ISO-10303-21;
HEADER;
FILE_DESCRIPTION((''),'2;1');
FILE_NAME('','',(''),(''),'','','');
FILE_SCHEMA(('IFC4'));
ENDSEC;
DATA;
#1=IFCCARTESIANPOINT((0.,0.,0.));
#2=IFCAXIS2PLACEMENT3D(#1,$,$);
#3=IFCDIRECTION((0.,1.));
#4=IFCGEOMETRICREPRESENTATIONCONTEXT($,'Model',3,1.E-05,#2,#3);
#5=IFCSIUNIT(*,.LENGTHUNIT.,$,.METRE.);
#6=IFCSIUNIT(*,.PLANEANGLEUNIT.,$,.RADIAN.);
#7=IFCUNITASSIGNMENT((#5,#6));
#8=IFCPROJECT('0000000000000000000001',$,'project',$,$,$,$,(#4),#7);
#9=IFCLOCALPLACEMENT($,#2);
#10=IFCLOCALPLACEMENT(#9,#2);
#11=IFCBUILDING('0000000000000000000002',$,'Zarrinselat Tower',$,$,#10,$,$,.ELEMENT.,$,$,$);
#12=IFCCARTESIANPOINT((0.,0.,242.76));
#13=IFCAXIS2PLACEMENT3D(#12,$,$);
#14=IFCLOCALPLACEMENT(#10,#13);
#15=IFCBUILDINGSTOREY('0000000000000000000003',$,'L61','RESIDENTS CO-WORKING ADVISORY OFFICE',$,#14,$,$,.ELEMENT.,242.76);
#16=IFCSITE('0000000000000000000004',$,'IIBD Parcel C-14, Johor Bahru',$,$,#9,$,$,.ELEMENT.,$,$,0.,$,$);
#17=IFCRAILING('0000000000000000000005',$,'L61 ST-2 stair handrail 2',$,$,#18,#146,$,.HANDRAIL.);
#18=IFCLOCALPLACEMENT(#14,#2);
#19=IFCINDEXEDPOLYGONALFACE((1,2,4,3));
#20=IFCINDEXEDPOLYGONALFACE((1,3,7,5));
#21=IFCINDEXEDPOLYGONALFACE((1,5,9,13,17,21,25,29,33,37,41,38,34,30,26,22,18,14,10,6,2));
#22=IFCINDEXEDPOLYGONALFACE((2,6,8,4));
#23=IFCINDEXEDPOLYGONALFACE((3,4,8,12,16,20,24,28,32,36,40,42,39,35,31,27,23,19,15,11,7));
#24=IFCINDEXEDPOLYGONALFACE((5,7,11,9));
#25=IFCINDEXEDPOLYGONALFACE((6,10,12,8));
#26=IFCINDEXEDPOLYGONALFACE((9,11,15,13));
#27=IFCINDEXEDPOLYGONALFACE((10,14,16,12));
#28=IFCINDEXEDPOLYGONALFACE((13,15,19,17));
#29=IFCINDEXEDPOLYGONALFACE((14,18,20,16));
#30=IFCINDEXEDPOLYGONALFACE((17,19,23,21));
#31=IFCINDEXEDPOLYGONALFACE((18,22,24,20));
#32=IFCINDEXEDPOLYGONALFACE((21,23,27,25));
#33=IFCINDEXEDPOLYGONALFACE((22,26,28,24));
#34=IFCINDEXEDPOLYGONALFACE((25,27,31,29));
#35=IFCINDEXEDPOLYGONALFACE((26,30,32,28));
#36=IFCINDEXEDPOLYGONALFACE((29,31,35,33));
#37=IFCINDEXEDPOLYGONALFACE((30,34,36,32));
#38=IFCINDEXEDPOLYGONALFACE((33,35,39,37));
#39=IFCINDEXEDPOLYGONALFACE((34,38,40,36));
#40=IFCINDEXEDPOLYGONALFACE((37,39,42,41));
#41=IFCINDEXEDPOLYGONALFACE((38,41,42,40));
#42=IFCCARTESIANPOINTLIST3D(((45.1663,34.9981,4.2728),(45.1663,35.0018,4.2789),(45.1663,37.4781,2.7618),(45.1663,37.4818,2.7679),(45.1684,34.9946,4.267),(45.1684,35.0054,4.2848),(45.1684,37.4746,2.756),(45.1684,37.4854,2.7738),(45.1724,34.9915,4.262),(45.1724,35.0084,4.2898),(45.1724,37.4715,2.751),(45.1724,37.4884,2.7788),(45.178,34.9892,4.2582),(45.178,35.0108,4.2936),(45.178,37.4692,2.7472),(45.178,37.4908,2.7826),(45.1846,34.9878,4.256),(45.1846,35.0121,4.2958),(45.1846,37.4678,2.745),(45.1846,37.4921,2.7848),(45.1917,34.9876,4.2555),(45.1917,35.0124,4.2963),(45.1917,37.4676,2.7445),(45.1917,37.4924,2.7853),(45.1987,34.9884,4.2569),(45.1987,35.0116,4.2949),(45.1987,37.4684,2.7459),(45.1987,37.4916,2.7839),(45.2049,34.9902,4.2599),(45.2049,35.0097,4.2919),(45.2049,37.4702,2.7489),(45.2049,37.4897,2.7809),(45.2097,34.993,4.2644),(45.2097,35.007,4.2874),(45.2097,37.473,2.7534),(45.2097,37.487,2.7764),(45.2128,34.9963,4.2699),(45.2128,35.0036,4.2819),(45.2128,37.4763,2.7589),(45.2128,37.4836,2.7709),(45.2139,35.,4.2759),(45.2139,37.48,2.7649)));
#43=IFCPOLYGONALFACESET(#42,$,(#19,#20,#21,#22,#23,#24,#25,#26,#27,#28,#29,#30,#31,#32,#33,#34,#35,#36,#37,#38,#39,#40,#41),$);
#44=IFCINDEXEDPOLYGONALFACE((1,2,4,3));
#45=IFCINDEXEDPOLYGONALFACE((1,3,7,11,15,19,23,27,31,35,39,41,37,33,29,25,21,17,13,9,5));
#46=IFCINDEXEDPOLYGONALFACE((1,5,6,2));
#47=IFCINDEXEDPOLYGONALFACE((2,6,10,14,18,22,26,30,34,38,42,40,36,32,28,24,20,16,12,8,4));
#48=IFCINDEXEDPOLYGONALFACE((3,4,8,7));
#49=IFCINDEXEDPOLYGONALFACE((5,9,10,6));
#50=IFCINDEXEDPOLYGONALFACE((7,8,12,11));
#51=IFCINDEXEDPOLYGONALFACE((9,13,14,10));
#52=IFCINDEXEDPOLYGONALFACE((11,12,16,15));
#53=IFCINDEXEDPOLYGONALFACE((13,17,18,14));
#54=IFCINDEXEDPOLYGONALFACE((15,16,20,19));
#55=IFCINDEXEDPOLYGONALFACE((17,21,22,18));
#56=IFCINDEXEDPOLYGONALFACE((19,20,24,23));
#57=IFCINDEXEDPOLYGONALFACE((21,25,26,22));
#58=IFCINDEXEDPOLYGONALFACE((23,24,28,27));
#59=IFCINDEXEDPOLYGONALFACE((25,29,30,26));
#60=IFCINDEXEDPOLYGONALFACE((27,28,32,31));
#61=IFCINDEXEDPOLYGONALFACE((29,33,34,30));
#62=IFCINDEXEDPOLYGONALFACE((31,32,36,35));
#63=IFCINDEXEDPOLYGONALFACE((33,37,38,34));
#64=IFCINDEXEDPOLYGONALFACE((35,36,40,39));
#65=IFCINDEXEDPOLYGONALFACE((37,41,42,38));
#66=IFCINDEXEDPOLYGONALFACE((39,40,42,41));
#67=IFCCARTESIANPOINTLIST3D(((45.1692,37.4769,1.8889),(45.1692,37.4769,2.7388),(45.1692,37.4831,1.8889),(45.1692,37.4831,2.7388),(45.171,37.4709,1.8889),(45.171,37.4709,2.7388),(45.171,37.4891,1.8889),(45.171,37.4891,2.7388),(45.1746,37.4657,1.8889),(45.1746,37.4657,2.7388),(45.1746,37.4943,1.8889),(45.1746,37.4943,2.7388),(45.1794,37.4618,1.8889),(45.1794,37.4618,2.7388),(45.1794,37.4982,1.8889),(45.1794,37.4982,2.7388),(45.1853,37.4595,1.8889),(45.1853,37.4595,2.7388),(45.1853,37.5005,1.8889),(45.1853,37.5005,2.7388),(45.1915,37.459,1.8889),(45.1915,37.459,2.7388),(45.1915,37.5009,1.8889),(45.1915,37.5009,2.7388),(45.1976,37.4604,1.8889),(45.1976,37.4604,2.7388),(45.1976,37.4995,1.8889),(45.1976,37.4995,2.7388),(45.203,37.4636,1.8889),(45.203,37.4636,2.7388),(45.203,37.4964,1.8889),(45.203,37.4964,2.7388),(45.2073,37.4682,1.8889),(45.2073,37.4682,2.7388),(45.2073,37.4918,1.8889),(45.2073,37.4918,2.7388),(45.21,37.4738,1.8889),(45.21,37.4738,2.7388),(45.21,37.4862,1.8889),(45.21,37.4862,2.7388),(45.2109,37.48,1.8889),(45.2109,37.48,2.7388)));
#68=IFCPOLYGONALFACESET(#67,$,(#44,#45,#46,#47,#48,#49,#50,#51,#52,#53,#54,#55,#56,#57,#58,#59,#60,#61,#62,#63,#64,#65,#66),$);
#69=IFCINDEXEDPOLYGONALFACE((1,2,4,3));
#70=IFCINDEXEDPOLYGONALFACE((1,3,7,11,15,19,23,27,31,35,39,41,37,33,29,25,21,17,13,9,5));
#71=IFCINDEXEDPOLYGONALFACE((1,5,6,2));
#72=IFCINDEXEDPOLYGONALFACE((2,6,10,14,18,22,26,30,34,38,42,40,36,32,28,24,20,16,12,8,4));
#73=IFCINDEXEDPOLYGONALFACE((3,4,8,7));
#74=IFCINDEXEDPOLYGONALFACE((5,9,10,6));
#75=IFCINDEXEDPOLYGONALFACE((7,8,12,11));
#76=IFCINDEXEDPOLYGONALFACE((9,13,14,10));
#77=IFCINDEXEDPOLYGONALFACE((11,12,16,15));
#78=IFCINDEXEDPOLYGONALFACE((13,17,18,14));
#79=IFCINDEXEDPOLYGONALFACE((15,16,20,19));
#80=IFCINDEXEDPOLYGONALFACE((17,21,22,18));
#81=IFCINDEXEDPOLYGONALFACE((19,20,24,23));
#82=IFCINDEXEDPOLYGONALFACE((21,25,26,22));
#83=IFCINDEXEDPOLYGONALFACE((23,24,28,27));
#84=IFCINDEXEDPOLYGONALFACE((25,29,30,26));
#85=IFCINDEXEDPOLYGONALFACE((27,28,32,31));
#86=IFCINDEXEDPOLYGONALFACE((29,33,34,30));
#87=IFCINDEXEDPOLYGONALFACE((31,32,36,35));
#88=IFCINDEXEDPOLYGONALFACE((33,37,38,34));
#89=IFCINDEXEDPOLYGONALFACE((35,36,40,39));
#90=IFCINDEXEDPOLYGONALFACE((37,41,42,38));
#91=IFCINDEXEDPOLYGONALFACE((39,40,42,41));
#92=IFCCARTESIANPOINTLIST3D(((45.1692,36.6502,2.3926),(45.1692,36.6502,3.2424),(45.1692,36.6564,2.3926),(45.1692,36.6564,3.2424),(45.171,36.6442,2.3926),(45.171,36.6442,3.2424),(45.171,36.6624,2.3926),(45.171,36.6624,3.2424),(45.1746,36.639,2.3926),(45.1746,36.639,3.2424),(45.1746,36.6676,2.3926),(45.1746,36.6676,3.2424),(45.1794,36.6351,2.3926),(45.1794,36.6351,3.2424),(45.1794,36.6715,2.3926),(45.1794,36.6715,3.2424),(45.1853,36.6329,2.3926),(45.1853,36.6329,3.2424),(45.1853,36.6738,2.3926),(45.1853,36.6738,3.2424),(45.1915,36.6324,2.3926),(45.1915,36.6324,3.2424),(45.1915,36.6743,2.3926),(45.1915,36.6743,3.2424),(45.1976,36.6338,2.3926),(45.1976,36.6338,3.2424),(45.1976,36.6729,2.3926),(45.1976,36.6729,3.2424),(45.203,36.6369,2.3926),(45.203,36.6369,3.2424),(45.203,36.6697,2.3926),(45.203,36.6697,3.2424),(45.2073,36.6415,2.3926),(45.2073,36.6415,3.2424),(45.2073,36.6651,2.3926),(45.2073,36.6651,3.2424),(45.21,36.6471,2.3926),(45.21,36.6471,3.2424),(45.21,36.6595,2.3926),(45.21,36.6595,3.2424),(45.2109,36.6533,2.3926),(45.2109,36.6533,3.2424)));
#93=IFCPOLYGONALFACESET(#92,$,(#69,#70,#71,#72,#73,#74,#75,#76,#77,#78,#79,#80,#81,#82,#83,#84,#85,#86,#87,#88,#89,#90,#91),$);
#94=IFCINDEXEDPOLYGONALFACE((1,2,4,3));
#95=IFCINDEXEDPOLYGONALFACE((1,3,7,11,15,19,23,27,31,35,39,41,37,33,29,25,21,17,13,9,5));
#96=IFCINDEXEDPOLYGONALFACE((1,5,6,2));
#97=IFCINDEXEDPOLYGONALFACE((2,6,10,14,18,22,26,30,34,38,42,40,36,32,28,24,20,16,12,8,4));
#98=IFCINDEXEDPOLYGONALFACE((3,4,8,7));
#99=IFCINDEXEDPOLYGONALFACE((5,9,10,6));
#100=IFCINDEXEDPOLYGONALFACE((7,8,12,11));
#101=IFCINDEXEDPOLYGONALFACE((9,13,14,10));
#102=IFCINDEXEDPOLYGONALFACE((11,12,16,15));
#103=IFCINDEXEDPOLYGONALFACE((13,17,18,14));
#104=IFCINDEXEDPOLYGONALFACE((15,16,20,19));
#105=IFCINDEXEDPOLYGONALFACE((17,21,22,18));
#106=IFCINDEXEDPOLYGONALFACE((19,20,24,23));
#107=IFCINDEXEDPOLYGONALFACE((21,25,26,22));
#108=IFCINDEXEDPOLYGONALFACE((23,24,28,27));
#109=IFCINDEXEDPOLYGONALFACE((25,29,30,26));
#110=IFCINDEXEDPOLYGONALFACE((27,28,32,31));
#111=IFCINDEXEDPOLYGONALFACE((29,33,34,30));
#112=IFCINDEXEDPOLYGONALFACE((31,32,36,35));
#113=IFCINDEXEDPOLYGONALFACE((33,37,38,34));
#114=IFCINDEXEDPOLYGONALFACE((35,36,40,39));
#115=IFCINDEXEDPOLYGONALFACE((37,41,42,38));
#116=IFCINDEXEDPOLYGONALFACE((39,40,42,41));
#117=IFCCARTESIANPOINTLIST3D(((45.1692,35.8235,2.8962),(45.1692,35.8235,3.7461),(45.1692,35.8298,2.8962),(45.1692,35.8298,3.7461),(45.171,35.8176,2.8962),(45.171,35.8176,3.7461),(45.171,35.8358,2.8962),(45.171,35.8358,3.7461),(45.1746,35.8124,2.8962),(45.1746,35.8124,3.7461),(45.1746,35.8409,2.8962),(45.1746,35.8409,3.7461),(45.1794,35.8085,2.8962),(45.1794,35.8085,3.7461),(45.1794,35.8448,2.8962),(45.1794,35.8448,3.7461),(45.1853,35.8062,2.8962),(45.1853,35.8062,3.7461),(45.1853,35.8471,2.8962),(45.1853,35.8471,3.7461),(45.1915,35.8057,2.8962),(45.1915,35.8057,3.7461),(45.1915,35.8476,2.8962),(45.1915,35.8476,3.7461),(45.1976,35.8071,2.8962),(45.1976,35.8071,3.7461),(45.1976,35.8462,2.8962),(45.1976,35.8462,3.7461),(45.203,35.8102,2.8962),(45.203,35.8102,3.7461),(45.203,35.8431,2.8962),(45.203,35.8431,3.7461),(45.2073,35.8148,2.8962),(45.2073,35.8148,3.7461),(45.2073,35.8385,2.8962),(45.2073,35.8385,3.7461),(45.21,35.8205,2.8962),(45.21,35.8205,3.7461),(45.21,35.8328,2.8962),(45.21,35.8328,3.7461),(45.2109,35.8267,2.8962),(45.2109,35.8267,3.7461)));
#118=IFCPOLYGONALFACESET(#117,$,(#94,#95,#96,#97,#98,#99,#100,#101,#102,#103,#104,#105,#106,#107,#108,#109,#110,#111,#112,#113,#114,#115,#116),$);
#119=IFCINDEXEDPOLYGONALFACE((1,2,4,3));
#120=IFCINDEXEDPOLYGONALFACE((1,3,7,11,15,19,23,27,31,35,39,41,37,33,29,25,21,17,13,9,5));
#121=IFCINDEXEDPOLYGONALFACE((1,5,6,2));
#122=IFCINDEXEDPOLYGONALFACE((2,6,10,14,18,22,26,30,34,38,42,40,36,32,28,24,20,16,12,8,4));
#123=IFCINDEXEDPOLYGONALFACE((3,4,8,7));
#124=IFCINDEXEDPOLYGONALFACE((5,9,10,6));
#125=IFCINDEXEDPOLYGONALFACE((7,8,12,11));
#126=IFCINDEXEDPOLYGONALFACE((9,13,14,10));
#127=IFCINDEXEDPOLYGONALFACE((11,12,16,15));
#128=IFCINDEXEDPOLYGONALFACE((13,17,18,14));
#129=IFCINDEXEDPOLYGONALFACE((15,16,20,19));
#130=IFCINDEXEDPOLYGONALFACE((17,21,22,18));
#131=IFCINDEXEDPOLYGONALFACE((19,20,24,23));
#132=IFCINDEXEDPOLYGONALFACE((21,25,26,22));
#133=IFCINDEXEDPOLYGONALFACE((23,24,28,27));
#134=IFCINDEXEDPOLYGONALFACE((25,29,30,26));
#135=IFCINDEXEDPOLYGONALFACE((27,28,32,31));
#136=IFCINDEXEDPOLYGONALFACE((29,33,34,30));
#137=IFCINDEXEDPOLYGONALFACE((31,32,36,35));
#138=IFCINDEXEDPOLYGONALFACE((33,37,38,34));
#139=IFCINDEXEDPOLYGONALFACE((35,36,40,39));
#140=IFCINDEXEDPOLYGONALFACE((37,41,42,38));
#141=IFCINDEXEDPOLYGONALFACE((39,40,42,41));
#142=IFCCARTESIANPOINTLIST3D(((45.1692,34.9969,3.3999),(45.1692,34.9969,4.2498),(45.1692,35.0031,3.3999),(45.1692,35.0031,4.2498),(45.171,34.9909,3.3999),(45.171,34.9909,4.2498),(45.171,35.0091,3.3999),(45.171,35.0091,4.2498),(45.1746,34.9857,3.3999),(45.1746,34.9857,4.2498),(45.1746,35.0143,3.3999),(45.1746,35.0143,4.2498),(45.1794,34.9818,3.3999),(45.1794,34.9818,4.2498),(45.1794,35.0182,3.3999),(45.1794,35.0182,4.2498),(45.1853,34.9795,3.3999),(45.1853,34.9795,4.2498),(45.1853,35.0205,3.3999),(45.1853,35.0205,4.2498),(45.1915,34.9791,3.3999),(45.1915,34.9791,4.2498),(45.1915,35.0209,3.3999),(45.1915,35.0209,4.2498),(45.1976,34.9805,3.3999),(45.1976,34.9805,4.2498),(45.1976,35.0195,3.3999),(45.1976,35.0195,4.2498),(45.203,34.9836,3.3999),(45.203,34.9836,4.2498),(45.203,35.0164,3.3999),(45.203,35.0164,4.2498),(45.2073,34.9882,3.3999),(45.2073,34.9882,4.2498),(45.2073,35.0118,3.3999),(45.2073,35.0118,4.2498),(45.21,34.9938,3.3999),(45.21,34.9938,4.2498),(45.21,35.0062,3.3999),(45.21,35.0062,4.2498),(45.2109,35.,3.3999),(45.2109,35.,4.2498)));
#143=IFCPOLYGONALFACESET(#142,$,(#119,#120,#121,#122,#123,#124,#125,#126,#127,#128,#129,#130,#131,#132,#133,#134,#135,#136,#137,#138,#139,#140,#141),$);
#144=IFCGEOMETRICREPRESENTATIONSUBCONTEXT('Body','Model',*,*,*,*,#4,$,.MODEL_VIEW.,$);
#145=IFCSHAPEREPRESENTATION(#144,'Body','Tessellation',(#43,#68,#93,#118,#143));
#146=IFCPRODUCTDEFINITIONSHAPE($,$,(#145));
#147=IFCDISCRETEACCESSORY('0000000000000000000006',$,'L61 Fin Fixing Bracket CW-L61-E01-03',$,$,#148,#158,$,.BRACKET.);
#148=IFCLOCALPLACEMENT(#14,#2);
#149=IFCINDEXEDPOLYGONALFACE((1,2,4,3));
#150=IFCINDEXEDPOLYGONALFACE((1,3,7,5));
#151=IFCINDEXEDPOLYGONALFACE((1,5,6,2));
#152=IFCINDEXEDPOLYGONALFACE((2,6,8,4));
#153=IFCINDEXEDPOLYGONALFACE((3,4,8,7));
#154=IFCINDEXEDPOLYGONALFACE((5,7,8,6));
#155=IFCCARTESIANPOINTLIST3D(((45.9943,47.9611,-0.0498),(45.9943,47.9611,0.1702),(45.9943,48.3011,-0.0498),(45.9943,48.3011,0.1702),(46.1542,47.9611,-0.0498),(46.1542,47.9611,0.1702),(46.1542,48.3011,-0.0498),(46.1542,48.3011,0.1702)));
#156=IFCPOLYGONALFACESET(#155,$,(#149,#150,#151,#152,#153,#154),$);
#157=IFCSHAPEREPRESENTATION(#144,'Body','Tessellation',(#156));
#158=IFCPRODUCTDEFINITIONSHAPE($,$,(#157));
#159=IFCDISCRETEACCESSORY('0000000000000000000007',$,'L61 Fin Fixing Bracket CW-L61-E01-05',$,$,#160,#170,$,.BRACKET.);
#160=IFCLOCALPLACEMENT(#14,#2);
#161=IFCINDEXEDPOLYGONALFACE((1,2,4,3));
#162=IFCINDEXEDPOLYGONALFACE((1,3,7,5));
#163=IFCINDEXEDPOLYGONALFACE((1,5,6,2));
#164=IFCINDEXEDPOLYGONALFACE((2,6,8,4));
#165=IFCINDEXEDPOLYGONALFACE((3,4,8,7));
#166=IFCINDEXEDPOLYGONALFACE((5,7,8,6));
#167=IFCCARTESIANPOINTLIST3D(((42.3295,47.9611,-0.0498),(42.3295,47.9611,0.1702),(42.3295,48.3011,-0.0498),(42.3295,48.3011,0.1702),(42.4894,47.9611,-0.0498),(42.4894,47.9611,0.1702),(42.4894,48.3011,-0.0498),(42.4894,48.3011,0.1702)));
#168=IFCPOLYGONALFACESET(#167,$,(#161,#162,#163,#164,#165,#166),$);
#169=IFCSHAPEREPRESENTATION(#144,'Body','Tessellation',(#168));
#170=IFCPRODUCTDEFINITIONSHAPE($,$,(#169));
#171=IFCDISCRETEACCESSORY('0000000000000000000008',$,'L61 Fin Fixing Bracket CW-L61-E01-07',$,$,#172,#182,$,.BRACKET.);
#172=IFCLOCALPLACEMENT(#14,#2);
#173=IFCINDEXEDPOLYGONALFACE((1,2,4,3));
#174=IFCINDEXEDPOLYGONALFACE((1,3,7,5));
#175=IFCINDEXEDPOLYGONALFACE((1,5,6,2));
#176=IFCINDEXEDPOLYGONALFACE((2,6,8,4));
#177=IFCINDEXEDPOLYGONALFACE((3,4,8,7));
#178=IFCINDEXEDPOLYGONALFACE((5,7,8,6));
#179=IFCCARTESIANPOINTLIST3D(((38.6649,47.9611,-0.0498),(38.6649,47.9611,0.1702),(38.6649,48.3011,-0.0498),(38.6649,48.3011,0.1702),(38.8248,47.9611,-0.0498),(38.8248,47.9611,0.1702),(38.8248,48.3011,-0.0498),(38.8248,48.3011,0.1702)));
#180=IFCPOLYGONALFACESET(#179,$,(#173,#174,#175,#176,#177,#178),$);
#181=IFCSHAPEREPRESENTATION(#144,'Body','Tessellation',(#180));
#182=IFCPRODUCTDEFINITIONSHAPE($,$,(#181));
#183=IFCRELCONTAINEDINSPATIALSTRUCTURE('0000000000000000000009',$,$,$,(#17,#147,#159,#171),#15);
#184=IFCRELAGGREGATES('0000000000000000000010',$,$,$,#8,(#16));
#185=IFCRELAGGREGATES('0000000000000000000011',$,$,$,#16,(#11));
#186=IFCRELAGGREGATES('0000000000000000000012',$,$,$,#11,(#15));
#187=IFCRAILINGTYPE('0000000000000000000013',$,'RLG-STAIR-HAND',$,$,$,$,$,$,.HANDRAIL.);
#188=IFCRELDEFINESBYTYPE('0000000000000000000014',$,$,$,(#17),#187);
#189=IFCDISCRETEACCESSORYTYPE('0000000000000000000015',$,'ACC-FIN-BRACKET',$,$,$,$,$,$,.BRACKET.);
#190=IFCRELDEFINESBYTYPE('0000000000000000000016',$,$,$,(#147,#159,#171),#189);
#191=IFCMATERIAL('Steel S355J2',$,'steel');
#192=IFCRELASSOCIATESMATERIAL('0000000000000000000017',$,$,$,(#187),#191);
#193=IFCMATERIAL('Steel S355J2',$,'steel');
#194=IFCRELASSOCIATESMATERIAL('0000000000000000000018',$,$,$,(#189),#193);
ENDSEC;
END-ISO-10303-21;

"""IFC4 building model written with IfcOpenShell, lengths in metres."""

from ifc_helpers import new_model, si_unit, direction, frame, origin, origin_2d, place, context, subcontext, project, spatial, rectangle, circle, extrude, material, type_object, element, save


model = new_model("IFC4")

# Units and contexts
model_context = context("Model", 3, precision=1e-05, world=origin(), true_north=direction((0.0, 1.0)))
body_context = subcontext(model_context, "Body", "Model", "MODEL_VIEW")
ifc_project = project(units=[si_unit("LENGTHUNIT", "METRE"), si_unit("PLANEANGLEUNIT", "RADIAN")], contexts=[model_context])

# Site, building, storey
site_placement = place(None, origin())
site = spatial("IfcSite", under=ifc_project, at=site_placement, Name="IIBD Parcel C-14, Johor Bahru", CompositionType="ELEMENT", RefElevation=0.0)
building_placement = place(site_placement, origin())
building = spatial("IfcBuilding", under=site, at=building_placement, Name="Zarrinselat Tower", CompositionType="ELEMENT")
storey_placement = place(building_placement, frame((0.0, 0.0, 242.76)))
storey = spatial("IfcBuildingStorey", under=building, at=storey_placement, Name="L61", Description="RESIDENTS CO-WORKING ADVISORY OFFICE", CompositionType="ELEMENT", Elevation=242.76)

# Railing
ifc_material_1 = material(Name="Steel S355J2", Category="steel")
railing_type_1 = type_object("IfcRailingType", Name="RLG-STAIR-HAND", PredefinedType="HANDRAIL", material=ifc_material_1)
railing_1_placement = place(storey_placement, frame((45.1899, 37.48, 1.8889)))
element("IfcRailing", 1, at=railing_1_placement, inside=storey, type_object=railing_type_1, Name="L61 ST-2 stair handrail 2", PredefinedType="HANDRAIL", context=body_context, shape_type="SweptSolid", body=[
    extrude(circle(Radius=0.0239, at=origin_2d()), frame((0.0, 0.0, 0.876), z_axis=(0.0, -0.853979, 0.520307), x_axis=(1.0, 0.0, 0.0)), (0.0, 0.0, 1.0), 2.9041),
    extrude(circle(Radius=0.021, at=origin_2d()), origin(), (0.0, 0.0, 1.0), 0.8499),
    extrude(circle(Radius=0.021, at=origin_2d()), frame((0.0, -0.8267, 0.5037)), (0.0, 0.0, 1.0), 0.8499),
    extrude(circle(Radius=0.021, at=origin_2d()), frame((0.0, -1.6533, 1.0073)), (0.0, 0.0, 1.0), 0.8499),
    extrude(circle(Radius=0.021, at=origin_2d()), frame((0.0, -2.48, 1.511)), (0.0, 0.0, 1.0), 0.8499),
])

# Discrete accessories
ifc_material_2 = material(Name="Steel S355J2", Category="steel")
discrete_accessory_type = type_object("IfcDiscreteAccessoryType", Name="ACC-FIN-BRACKET", PredefinedType="BRACKET", material=ifc_material_2)
for number, where, z_axis, x_axis, name in (
    (2, (46.0742, 48.1311, -0.0498), (0.0, 0.0, 1.0), (0.0, 1.0, 0.0), "L61 Fin Fixing Bracket CW-L61-E01-03"),
    (3, (42.4094, 48.1311, -0.0498), (0.0, 0.0, 1.0), (0.0, 1.0, 0.0), "L61 Fin Fixing Bracket CW-L61-E01-05"),
    (4, (38.7449, 48.1311, -0.0498), (0.0, 0.0, 1.0), (0.0, 1.0, 0.0), "L61 Fin Fixing Bracket CW-L61-E01-07"),
):
    element("IfcDiscreteAccessory", number, at=place(storey_placement, frame(where, z_axis=z_axis, x_axis=x_axis)), inside=storey, type_object=discrete_accessory_type, Name=name, PredefinedType="BRACKET", context=body_context, shape_type="SweptSolid", body=[
        extrude(rectangle(XDim=0.3401, YDim=0.1599, at=origin_2d()), origin(), (0.0, 0.0, 1.0), 0.22),
    ])

save(model, "model.ifc")
